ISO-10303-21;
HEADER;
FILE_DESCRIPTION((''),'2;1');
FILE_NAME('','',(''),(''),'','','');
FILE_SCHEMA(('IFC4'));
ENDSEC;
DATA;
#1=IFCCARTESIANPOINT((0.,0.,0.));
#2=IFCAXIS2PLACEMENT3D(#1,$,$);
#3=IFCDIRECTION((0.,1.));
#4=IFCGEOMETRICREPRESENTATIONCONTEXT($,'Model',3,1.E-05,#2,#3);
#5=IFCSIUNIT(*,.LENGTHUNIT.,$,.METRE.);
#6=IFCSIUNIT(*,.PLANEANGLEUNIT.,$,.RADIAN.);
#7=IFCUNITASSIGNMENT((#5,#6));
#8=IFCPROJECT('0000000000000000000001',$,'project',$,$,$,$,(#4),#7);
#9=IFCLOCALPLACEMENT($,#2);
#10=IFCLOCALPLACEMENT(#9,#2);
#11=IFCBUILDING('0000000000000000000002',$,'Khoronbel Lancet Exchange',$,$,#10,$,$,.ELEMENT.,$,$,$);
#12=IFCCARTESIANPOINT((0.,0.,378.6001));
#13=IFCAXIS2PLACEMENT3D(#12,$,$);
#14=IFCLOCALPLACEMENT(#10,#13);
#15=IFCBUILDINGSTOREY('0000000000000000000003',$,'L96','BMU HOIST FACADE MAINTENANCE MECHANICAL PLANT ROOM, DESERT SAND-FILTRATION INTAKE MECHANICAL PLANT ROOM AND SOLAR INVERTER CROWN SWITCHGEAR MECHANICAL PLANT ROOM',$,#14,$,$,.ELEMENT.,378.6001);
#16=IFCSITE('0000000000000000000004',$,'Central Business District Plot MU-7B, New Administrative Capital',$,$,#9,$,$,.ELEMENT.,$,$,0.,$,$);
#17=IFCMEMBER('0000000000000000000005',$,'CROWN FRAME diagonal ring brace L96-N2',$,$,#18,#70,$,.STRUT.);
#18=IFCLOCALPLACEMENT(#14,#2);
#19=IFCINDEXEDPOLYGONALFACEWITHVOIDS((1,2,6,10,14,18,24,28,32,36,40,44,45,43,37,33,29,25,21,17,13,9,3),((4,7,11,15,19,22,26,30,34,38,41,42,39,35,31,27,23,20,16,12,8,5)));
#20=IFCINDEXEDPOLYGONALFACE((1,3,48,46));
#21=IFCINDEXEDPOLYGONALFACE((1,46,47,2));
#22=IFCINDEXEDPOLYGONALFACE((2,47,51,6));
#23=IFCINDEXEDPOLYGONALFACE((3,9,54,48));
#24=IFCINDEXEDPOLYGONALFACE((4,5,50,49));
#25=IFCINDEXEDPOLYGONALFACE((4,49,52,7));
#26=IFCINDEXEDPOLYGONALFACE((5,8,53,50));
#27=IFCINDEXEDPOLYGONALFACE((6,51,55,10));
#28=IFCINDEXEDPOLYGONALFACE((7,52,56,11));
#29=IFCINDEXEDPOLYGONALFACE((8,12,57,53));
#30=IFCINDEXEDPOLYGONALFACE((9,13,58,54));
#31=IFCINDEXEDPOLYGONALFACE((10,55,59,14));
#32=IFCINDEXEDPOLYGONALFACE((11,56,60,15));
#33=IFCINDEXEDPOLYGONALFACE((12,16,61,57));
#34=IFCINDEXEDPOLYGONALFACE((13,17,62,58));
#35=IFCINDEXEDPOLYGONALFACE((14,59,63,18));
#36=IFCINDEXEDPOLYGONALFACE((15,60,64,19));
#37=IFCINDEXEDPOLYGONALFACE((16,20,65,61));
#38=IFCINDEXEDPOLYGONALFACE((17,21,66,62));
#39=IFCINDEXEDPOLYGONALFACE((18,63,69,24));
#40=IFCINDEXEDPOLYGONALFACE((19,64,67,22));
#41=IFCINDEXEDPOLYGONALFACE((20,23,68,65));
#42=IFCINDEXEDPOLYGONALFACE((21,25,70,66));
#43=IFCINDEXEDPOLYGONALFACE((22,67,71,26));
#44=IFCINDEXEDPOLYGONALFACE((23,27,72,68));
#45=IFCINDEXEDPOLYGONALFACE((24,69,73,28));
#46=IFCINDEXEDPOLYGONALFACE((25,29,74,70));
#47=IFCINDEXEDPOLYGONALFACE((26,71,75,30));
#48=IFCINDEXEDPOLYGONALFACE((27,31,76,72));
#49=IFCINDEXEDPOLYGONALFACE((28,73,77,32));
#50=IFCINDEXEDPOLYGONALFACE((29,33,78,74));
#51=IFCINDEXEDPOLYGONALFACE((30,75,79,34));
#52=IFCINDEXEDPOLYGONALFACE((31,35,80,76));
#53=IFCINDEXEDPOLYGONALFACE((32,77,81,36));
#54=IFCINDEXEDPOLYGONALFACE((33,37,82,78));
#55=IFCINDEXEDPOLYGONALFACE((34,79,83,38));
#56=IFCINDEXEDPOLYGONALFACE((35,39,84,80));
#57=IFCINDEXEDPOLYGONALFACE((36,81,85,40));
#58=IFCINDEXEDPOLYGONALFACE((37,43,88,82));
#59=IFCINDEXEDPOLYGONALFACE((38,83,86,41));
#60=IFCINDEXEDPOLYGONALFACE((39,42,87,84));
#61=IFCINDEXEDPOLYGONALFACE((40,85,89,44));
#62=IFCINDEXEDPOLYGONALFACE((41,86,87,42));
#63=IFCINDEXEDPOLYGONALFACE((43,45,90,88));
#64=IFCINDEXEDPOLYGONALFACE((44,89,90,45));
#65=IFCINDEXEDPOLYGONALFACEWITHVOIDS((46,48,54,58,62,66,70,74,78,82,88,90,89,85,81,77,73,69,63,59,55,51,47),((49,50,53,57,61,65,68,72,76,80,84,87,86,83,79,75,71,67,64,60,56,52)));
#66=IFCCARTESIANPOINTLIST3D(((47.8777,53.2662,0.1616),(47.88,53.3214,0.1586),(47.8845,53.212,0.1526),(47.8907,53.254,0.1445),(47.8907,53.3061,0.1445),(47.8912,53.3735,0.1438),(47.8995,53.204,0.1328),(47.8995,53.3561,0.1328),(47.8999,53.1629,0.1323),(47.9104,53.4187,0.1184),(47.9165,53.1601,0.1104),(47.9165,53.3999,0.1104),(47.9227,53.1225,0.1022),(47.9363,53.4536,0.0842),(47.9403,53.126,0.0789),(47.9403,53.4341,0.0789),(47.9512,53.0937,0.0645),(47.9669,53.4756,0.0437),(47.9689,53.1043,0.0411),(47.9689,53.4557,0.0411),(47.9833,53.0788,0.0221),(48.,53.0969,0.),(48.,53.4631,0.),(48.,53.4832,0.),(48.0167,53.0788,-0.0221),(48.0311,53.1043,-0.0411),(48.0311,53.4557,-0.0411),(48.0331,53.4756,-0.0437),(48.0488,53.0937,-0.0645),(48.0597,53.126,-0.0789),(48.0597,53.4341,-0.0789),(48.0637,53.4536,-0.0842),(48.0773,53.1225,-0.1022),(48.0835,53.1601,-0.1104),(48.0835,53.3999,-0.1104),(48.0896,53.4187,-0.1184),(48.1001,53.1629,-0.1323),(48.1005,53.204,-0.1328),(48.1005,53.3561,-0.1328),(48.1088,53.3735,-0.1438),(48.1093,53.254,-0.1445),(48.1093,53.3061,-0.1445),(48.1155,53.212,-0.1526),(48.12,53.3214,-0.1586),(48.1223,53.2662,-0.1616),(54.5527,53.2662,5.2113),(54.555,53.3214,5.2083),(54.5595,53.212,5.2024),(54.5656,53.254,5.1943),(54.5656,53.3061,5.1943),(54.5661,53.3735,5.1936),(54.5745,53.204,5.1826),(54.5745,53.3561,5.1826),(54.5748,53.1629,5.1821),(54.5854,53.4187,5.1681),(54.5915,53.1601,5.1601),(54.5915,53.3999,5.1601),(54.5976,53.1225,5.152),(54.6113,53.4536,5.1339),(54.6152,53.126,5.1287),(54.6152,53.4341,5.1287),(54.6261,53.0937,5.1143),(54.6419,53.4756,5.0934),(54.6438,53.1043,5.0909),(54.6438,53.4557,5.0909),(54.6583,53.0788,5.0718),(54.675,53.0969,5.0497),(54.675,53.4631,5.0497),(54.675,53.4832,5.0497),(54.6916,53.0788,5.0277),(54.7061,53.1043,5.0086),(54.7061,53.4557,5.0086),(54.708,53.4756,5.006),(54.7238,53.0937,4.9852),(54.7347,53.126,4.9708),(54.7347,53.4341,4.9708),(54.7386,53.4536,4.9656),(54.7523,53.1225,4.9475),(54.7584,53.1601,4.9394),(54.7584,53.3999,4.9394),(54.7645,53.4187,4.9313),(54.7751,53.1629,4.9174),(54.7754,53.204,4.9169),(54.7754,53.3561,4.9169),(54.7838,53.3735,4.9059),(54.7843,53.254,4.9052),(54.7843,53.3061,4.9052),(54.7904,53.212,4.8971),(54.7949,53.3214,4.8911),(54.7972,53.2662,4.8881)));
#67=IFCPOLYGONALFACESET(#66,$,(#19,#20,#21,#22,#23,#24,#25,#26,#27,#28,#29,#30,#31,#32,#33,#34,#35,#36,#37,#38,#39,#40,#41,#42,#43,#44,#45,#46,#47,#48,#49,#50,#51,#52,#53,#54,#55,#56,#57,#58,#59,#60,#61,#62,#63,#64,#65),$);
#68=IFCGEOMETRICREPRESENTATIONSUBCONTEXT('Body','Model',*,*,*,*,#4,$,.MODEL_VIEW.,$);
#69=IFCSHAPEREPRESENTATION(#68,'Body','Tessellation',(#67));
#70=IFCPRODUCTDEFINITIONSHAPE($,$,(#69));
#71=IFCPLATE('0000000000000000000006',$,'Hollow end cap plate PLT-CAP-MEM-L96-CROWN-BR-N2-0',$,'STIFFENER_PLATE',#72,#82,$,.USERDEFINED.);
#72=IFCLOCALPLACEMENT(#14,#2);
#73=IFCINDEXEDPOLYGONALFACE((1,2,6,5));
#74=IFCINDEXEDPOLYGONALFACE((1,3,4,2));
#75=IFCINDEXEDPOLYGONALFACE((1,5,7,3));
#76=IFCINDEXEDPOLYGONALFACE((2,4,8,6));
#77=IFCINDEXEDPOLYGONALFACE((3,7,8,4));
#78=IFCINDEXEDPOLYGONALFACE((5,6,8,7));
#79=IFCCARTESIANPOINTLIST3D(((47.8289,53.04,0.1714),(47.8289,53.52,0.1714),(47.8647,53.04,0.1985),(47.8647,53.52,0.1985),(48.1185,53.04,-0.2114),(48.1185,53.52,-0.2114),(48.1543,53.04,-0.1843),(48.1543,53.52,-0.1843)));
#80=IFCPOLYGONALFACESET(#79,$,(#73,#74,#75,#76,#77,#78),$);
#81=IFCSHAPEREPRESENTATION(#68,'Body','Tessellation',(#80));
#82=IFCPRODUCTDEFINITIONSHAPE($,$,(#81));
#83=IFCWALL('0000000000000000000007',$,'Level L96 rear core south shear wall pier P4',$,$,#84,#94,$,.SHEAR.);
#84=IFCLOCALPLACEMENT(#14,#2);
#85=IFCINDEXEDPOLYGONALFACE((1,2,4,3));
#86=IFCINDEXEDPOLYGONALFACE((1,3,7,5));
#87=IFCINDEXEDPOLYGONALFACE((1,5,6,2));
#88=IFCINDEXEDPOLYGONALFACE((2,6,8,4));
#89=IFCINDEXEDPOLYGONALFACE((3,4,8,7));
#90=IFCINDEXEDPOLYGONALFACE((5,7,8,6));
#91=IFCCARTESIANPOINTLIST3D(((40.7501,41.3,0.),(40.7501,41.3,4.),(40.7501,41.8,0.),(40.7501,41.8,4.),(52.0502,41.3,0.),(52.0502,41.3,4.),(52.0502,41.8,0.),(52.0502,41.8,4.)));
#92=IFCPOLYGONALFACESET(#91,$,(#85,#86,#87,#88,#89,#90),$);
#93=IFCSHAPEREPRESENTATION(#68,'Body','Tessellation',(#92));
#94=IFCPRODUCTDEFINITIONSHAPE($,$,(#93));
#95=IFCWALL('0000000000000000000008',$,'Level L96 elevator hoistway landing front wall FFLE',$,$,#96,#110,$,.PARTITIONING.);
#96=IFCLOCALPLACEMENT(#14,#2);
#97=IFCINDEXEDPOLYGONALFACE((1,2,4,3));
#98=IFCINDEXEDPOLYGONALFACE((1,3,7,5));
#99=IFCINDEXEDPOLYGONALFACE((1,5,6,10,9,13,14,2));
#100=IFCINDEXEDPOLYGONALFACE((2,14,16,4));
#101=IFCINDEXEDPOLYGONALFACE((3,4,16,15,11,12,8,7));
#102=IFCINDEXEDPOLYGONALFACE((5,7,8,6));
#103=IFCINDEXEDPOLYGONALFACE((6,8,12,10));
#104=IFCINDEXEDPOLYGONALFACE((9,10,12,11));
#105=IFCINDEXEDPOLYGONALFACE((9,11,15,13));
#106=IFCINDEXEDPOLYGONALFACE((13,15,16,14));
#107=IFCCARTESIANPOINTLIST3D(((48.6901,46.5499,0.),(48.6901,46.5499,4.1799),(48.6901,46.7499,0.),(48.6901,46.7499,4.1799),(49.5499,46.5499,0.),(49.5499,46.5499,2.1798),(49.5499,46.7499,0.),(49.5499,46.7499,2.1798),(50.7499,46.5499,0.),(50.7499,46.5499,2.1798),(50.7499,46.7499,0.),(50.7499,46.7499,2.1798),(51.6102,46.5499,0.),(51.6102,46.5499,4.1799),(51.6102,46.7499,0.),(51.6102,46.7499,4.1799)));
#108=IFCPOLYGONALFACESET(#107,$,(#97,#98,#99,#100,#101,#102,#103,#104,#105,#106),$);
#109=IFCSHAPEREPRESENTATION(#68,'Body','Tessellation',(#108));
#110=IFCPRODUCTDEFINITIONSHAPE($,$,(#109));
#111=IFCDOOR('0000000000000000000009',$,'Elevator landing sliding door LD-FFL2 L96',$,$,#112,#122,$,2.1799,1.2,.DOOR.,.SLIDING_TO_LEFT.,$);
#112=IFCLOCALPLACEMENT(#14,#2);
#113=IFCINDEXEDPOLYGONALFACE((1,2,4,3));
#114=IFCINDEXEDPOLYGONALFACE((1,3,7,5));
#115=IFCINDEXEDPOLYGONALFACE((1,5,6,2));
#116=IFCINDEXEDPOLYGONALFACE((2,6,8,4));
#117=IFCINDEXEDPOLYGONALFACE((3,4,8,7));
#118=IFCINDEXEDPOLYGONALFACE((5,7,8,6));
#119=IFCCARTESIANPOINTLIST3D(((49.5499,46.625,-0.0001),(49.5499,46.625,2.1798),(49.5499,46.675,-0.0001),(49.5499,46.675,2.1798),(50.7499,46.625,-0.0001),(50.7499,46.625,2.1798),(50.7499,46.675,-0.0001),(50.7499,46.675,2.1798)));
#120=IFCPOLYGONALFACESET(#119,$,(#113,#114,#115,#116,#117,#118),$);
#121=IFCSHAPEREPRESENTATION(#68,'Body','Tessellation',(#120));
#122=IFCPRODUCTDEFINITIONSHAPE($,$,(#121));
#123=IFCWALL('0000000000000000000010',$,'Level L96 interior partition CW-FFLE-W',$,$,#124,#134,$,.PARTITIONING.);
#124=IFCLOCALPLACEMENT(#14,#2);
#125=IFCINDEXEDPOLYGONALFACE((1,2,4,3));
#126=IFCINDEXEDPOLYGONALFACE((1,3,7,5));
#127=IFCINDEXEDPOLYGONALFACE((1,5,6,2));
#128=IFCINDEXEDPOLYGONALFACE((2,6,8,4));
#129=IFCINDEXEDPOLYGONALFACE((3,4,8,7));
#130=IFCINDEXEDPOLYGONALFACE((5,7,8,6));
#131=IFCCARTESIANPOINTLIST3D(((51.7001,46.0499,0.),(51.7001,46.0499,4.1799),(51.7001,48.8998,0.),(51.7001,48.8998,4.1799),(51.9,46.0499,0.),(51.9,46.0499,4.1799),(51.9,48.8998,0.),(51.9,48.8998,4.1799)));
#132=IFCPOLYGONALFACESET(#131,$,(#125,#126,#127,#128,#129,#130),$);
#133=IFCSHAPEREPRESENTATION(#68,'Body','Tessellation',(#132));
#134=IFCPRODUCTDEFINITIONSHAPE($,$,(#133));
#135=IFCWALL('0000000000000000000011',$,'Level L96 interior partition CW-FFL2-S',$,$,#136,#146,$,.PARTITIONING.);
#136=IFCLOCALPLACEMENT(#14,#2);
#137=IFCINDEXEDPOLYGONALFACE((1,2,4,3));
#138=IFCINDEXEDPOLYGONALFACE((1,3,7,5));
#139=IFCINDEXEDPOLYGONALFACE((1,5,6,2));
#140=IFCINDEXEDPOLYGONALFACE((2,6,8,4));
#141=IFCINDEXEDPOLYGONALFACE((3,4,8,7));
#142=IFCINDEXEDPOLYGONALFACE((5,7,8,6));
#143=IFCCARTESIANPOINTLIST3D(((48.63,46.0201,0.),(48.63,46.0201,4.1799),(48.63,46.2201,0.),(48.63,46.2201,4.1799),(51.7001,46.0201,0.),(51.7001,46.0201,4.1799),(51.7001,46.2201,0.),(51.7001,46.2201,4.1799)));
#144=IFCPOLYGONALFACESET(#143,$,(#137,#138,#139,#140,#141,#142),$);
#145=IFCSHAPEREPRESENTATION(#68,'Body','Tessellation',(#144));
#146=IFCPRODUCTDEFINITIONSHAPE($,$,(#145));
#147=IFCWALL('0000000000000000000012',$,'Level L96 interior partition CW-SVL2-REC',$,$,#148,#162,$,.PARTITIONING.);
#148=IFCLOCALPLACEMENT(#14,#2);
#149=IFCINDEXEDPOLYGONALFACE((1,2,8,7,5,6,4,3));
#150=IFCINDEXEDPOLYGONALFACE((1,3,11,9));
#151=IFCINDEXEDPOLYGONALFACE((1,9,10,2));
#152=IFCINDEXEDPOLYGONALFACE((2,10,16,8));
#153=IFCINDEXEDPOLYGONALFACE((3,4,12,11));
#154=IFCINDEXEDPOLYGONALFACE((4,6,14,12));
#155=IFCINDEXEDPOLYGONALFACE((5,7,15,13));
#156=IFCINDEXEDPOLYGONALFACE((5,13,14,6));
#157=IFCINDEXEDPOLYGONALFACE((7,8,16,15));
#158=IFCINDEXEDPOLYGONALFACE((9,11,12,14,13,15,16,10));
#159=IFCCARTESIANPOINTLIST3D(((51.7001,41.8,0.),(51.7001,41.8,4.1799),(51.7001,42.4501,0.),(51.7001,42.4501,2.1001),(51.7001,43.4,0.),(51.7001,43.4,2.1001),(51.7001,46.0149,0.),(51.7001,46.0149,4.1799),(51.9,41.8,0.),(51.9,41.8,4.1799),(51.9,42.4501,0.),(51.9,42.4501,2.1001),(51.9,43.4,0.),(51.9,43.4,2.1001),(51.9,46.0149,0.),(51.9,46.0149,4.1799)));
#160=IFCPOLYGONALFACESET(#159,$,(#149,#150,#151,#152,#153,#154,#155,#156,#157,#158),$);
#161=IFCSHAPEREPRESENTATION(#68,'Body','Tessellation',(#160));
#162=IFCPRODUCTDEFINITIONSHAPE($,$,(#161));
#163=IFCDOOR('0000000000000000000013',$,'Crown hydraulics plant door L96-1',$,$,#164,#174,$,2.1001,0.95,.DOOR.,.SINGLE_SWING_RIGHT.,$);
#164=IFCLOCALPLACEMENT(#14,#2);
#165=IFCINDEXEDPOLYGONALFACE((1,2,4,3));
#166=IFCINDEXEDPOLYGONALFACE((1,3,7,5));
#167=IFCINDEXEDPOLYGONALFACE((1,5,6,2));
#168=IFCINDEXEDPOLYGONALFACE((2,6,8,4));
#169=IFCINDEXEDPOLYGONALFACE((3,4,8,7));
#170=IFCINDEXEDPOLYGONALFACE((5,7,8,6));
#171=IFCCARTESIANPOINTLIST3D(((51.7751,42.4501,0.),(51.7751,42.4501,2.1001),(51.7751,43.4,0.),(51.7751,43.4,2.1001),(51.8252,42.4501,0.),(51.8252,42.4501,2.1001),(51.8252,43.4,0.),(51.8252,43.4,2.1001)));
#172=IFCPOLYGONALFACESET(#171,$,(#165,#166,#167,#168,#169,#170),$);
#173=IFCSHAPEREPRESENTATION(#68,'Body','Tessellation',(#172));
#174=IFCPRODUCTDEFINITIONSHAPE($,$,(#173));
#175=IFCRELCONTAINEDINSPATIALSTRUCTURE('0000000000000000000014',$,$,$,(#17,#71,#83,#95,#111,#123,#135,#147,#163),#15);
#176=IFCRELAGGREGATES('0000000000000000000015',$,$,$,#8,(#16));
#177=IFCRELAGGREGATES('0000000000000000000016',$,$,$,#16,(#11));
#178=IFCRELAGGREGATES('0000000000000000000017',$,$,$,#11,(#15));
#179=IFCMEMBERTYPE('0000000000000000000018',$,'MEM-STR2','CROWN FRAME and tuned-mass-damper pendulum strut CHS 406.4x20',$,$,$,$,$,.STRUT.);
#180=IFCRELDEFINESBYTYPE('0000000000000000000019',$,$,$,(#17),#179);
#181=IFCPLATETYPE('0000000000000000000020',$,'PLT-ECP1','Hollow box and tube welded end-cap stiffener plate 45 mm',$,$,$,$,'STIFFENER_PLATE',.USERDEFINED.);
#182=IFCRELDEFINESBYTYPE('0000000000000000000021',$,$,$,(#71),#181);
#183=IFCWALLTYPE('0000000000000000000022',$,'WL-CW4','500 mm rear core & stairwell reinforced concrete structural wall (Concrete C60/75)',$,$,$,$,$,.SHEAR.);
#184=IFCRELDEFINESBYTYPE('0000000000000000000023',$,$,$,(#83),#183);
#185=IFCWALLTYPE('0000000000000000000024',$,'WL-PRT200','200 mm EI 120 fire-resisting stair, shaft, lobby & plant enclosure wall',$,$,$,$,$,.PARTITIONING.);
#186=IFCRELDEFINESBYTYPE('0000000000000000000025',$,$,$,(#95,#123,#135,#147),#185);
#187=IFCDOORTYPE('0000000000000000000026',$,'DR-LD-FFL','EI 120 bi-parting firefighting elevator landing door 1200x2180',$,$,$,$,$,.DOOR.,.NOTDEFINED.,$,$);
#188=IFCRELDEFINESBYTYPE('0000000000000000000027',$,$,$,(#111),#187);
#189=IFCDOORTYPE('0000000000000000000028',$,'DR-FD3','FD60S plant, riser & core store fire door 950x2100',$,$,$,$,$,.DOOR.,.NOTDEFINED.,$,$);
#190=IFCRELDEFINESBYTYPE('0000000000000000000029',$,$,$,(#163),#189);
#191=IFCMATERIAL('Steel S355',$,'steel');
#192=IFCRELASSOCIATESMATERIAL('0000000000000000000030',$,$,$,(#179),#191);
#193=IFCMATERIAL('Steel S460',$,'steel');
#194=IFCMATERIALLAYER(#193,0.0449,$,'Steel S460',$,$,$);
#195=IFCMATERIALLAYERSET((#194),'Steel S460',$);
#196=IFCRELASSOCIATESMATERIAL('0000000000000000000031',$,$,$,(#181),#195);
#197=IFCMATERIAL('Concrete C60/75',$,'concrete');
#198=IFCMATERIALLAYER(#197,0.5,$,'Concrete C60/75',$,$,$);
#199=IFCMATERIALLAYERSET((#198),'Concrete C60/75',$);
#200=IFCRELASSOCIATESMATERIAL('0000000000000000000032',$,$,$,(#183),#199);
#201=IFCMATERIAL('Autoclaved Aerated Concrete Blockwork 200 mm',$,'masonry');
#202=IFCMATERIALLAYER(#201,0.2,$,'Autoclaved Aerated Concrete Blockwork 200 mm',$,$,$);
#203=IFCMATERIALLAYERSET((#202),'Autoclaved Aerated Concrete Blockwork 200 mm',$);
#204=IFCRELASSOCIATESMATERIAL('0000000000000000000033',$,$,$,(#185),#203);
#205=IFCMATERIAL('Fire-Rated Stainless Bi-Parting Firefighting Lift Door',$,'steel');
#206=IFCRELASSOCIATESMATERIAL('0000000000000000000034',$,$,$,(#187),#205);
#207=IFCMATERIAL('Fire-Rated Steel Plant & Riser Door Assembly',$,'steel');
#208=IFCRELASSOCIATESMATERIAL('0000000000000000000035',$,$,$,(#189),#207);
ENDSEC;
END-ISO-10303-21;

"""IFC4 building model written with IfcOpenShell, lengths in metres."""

from ifc_helpers import new_model, si_unit, direction, frame, frame_2d, origin, origin_2d, place, context, subcontext, project, spatial, polyline, rectangle, hollow_circle, outline, extrude, material, layer, layer_set, material_profile, profile_set, type_object, element, fill, save


model = new_model("IFC4")

# Units and contexts
model_context = context("Model", 3, precision=1e-05, world=origin(), true_north=direction((0.0, 1.0)))
body_context = subcontext(model_context, "Body", "Model", "MODEL_VIEW")
ifc_project = project(units=[si_unit("LENGTHUNIT", "METRE"), si_unit("PLANEANGLEUNIT", "RADIAN")], contexts=[model_context])

# Site, building, storey
site_placement = place(None, origin())
site = spatial("IfcSite", under=ifc_project, at=site_placement, Name="Central Business District Plot MU-7B, New Administrative Capital", CompositionType="ELEMENT", RefElevation=0.0)
building_placement = place(site_placement, origin())
building = spatial("IfcBuilding", under=site, at=building_placement, Name="Khoronbel Lancet Exchange", CompositionType="ELEMENT")
storey_placement = place(building_placement, frame((0.0, 0.0, 378.6001)))
storey = spatial("IfcBuildingStorey", under=building, at=storey_placement, Name="L96", Description="BMU HOIST FACADE MAINTENANCE MECHANICAL PLANT ROOM, DESERT SAND-FILTRATION INTAKE MECHANICAL PLANT ROOM AND SOLAR INVERTER CROWN SWITCHGEAR MECHANICAL PLANT ROOM", CompositionType="ELEMENT", Elevation=378.6001)

# Shared definitions
ifc_material_1 = material(Name="Steel S355", Category="steel")
ifc_material_2 = material(Name="Steel S460", Category="steel")

# Shared definitions
ifc_material_3 = material(Name="Concrete C60/75", Category="concrete")

# Member
ifc_material_profile_1 = material_profile(ifc_material_1, hollow_circle(Radius=0.2031, WallThickness=0.02, at=origin_2d()), Name="CHS 406.4x20")
ifc_profile_set_1 = profile_set([ifc_material_profile_1], Name="Steel S355")
member_type = type_object("IfcMemberType", Name="MEM-STR2", Description="CROWN FRAME and tuned-mass-damper pendulum strut CHS 406.4x20", PredefinedType="STRUT", material=ifc_profile_set_1)
member_placement = place(storey_placement, frame((48.0, 53.28, 0.0), z_axis=(0.797497, 0.0, 0.603322), x_axis=(0.0, 1.0, 0.0)))
element("IfcMember", 1, at=member_placement, inside=storey, type_object=member_type, Name="CROWN FRAME diagonal ring brace L96-N2", PredefinedType="STRUT", context=body_context, shape_type="SweptSolid", body=[
    extrude(hollow_circle(Radius=0.2031, WallThickness=0.02, at=origin_2d()), origin(), (0.0, 0.0, 1.0), 8.3699),
])

# Plate
ifc_layer_1 = layer(ifc_material_2, 0.0449, Name="Steel S460")
ifc_layer_set_1 = layer_set([ifc_layer_1], Name="Steel S460")
plate_type = type_object("IfcPlateType", Name="PLT-ECP1", Description="Hollow box and tube welded end-cap stiffener plate 45 mm", ElementType="STIFFENER_PLATE", PredefinedType="USERDEFINED", material=ifc_layer_set_1)
plate_placement = place(storey_placement, frame((48.1543, 53.04, -0.1843), z_axis=(0.797552, 0.0, 0.60325), x_axis=(0.0, 1.0, 0.0)))
element("IfcPlate", 2, at=plate_placement, inside=storey, type_object=plate_type, Name="Hollow end cap plate PLT-CAP-MEM-L96-CROWN-BR-N2-0", ObjectType="STIFFENER_PLATE", PredefinedType="USERDEFINED", context=body_context, shape_type="SweptSolid", body=[
    extrude(outline(polyline([(0.0, 0.0), (0.48, 0.0), (0.48, 0.48), (0.0, 0.48), (0.0, 0.0)])), origin(), (0.0, 0.0, -1.0), 0.0449),
])

# Wall
ifc_layer_2 = layer(ifc_material_3, 0.5, Name="Concrete C60/75")
ifc_layer_set_2 = layer_set([ifc_layer_2], Name="Concrete C60/75")
wall_type_1 = type_object("IfcWallType", Name="WL-CW4", Description="500 mm rear core & stairwell reinforced concrete structural wall (Concrete C60/75)", PredefinedType="SHEAR", material=ifc_layer_set_2)
wall_1_placement = place(storey_placement, frame((52.05, 41.55, 0.0), z_axis=(0.0, 0.0, 1.0), x_axis=(-1.0, 0.0, 0.0)))
element("IfcWall", 3, at=wall_1_placement, inside=storey, type_object=wall_type_1, Name="Level L96 rear core south shear wall pier P4", PredefinedType="SHEAR", context=body_context, shape_type="SweptSolid", body=[
    extrude(rectangle(XDim=11.3, YDim=0.5, at=frame_2d((5.6499, 0.0))), origin(), (0.0, 0.0, 1.0), 4.0),
])

# Wall, opening, door
ifc_material_4 = material(Name="Autoclaved Aerated Concrete Blockwork 200 mm", Category="masonry")
ifc_layer_3 = layer(ifc_material_4, 0.2, Name="Autoclaved Aerated Concrete Blockwork 200 mm")
ifc_layer_set_3 = layer_set([ifc_layer_3], Name="Autoclaved Aerated Concrete Blockwork 200 mm")
wall_type_2 = type_object("IfcWallType", Name="WL-PRT200", Description="200 mm EI 120 fire-resisting stair, shaft, lobby & plant enclosure wall", PredefinedType="PARTITIONING", material=ifc_layer_set_3)
wall_2_placement = place(storey_placement, frame((51.6101, 46.6499, 0.0), z_axis=(0.0, 0.0, 1.0), x_axis=(-1.0, 0.0, 0.0)))
wall_2 = element("IfcWall", 4, at=wall_2_placement, inside=storey, type_object=wall_type_2, Name="Level L96 elevator hoistway landing front wall FFLE", PredefinedType="PARTITIONING", context=body_context, shape_type="SweptSolid", body=[
    extrude(rectangle(XDim=2.9202, YDim=0.2, at=frame_2d((1.46, 0.0))), origin(), (0.0, 0.0, 1.0), 4.1799),
])
opening_1_placement = place(wall_2_placement, frame((0.8601, 0.0, 0.0)))
opening_1 = element("IfcOpeningElement", 5, at=opening_1_placement, cuts=wall_2, PredefinedType="OPENING", context=body_context, shape_type="SweptSolid", body=[
    extrude(rectangle(XDim=1.2, YDim=2.1799, at=frame_2d((0.6001, 1.0898))), frame((0.0, 0.1099, 0.0), z_axis=(0.0, -1.0, 0.0), x_axis=(1.0, 0.0, 0.0)), (0.0, 0.0, 1.0), 0.22),
])
ifc_material_5 = material(Name="Fire-Rated Stainless Bi-Parting Firefighting Lift Door", Category="steel")
door_type_1 = type_object("IfcDoorType", Name="DR-LD-FFL", Description="EI 120 bi-parting firefighting elevator landing door 1200x2180", OperationType="NOTDEFINED", PredefinedType="DOOR", material=ifc_material_5)
door_1_placement = place(opening_1_placement, origin())
door_1 = element("IfcDoor", 6, at=door_1_placement, inside=storey, type_object=door_type_1, Name="Elevator landing sliding door LD-FFL2 L96", OperationType="SLIDING_TO_LEFT", OverallHeight=2.1799, OverallWidth=1.2, PredefinedType="DOOR", context=body_context, shape_type="SweptSolid", body=[
    extrude(rectangle(XDim=1.2, YDim=2.1799, at=frame_2d((0.6001, 1.0898))), frame((0.0, 0.0249, 0.0), z_axis=(0.0, -1.0, 0.0), x_axis=(1.0, 0.0, 0.0)), (0.0, 0.0, 1.0), 0.05),
])
fill(opening_1, door_1)

# Wall
wall_3_placement = place(storey_placement, frame((51.8, 46.05, 0.0), z_axis=(0.0, 0.0, 1.0), x_axis=(0.0, 1.0, 0.0)))
element("IfcWall", 7, at=wall_3_placement, inside=storey, type_object=wall_type_2, Name="Level L96 interior partition CW-FFLE-W", PredefinedType="PARTITIONING", context=body_context, shape_type="SweptSolid", body=[
    extrude(rectangle(XDim=2.8499, YDim=0.2, at=frame_2d((1.4248, 0.0))), origin(), (0.0, 0.0, 1.0), 4.1799),
])

# Wall
wall_4_placement = place(storey_placement, frame((48.6299, 46.1201, 0.0), z_axis=(0.0, 0.0, 1.0), x_axis=(1.0, 0.0, 0.0)))
element("IfcWall", 8, at=wall_4_placement, inside=storey, type_object=wall_type_2, Name="Level L96 interior partition CW-FFL2-S", PredefinedType="PARTITIONING", context=body_context, shape_type="SweptSolid", body=[
    extrude(rectangle(XDim=3.0701, YDim=0.2, at=frame_2d((1.5352, 0.0))), origin(), (0.0, 0.0, 1.0), 4.1799),
])

# Wall, opening, door
wall_5_placement = place(storey_placement, frame((51.8, 41.8, 0.0), z_axis=(0.0, 0.0, 1.0), x_axis=(0.0, 1.0, 0.0)))
wall_5 = element("IfcWall", 9, at=wall_5_placement, inside=storey, type_object=wall_type_2, Name="Level L96 interior partition CW-SVL2-REC", PredefinedType="PARTITIONING", context=body_context, shape_type="SweptSolid", body=[
    extrude(rectangle(XDim=4.2148, YDim=0.2, at=frame_2d((2.1074, 0.0))), origin(), (0.0, 0.0, 1.0), 4.1799),
])
opening_2_placement = place(wall_5_placement, frame((0.6499, 0.0, 0.0)))
opening_2 = element("IfcOpeningElement", 10, at=opening_2_placement, cuts=wall_5, PredefinedType="OPENING", context=body_context, shape_type="SweptSolid", body=[
    extrude(rectangle(XDim=0.95, YDim=2.1001, at=frame_2d((0.4751, 1.05))), frame((0.0, 0.1099, 0.0), z_axis=(0.0, -1.0, 0.0), x_axis=(1.0, 0.0, 0.0)), (0.0, 0.0, 1.0), 0.22),
])
ifc_material_6 = material(Name="Fire-Rated Steel Plant & Riser Door Assembly", Category="steel")
door_type_2 = type_object("IfcDoorType", Name="DR-FD3", Description="FD60S plant, riser & core store fire door 950x2100", OperationType="NOTDEFINED", PredefinedType="DOOR", material=ifc_material_6)
door_2_placement = place(opening_2_placement, origin())
door_2 = element("IfcDoor", 11, at=door_2_placement, inside=storey, type_object=door_type_2, Name="Crown hydraulics plant door L96-1", OperationType="SINGLE_SWING_RIGHT", OverallHeight=2.1001, OverallWidth=0.95, PredefinedType="DOOR", context=body_context, shape_type="SweptSolid", body=[
    extrude(rectangle(XDim=0.95, YDim=2.1001, at=frame_2d((0.4751, 1.05))), frame((0.0, 0.0249, 0.0), z_axis=(0.0, -1.0, 0.0), x_axis=(1.0, 0.0, 0.0)), (0.0, 0.0, 1.0), 0.05),
])
fill(opening_2, door_2)

save(model, "model.ifc")
